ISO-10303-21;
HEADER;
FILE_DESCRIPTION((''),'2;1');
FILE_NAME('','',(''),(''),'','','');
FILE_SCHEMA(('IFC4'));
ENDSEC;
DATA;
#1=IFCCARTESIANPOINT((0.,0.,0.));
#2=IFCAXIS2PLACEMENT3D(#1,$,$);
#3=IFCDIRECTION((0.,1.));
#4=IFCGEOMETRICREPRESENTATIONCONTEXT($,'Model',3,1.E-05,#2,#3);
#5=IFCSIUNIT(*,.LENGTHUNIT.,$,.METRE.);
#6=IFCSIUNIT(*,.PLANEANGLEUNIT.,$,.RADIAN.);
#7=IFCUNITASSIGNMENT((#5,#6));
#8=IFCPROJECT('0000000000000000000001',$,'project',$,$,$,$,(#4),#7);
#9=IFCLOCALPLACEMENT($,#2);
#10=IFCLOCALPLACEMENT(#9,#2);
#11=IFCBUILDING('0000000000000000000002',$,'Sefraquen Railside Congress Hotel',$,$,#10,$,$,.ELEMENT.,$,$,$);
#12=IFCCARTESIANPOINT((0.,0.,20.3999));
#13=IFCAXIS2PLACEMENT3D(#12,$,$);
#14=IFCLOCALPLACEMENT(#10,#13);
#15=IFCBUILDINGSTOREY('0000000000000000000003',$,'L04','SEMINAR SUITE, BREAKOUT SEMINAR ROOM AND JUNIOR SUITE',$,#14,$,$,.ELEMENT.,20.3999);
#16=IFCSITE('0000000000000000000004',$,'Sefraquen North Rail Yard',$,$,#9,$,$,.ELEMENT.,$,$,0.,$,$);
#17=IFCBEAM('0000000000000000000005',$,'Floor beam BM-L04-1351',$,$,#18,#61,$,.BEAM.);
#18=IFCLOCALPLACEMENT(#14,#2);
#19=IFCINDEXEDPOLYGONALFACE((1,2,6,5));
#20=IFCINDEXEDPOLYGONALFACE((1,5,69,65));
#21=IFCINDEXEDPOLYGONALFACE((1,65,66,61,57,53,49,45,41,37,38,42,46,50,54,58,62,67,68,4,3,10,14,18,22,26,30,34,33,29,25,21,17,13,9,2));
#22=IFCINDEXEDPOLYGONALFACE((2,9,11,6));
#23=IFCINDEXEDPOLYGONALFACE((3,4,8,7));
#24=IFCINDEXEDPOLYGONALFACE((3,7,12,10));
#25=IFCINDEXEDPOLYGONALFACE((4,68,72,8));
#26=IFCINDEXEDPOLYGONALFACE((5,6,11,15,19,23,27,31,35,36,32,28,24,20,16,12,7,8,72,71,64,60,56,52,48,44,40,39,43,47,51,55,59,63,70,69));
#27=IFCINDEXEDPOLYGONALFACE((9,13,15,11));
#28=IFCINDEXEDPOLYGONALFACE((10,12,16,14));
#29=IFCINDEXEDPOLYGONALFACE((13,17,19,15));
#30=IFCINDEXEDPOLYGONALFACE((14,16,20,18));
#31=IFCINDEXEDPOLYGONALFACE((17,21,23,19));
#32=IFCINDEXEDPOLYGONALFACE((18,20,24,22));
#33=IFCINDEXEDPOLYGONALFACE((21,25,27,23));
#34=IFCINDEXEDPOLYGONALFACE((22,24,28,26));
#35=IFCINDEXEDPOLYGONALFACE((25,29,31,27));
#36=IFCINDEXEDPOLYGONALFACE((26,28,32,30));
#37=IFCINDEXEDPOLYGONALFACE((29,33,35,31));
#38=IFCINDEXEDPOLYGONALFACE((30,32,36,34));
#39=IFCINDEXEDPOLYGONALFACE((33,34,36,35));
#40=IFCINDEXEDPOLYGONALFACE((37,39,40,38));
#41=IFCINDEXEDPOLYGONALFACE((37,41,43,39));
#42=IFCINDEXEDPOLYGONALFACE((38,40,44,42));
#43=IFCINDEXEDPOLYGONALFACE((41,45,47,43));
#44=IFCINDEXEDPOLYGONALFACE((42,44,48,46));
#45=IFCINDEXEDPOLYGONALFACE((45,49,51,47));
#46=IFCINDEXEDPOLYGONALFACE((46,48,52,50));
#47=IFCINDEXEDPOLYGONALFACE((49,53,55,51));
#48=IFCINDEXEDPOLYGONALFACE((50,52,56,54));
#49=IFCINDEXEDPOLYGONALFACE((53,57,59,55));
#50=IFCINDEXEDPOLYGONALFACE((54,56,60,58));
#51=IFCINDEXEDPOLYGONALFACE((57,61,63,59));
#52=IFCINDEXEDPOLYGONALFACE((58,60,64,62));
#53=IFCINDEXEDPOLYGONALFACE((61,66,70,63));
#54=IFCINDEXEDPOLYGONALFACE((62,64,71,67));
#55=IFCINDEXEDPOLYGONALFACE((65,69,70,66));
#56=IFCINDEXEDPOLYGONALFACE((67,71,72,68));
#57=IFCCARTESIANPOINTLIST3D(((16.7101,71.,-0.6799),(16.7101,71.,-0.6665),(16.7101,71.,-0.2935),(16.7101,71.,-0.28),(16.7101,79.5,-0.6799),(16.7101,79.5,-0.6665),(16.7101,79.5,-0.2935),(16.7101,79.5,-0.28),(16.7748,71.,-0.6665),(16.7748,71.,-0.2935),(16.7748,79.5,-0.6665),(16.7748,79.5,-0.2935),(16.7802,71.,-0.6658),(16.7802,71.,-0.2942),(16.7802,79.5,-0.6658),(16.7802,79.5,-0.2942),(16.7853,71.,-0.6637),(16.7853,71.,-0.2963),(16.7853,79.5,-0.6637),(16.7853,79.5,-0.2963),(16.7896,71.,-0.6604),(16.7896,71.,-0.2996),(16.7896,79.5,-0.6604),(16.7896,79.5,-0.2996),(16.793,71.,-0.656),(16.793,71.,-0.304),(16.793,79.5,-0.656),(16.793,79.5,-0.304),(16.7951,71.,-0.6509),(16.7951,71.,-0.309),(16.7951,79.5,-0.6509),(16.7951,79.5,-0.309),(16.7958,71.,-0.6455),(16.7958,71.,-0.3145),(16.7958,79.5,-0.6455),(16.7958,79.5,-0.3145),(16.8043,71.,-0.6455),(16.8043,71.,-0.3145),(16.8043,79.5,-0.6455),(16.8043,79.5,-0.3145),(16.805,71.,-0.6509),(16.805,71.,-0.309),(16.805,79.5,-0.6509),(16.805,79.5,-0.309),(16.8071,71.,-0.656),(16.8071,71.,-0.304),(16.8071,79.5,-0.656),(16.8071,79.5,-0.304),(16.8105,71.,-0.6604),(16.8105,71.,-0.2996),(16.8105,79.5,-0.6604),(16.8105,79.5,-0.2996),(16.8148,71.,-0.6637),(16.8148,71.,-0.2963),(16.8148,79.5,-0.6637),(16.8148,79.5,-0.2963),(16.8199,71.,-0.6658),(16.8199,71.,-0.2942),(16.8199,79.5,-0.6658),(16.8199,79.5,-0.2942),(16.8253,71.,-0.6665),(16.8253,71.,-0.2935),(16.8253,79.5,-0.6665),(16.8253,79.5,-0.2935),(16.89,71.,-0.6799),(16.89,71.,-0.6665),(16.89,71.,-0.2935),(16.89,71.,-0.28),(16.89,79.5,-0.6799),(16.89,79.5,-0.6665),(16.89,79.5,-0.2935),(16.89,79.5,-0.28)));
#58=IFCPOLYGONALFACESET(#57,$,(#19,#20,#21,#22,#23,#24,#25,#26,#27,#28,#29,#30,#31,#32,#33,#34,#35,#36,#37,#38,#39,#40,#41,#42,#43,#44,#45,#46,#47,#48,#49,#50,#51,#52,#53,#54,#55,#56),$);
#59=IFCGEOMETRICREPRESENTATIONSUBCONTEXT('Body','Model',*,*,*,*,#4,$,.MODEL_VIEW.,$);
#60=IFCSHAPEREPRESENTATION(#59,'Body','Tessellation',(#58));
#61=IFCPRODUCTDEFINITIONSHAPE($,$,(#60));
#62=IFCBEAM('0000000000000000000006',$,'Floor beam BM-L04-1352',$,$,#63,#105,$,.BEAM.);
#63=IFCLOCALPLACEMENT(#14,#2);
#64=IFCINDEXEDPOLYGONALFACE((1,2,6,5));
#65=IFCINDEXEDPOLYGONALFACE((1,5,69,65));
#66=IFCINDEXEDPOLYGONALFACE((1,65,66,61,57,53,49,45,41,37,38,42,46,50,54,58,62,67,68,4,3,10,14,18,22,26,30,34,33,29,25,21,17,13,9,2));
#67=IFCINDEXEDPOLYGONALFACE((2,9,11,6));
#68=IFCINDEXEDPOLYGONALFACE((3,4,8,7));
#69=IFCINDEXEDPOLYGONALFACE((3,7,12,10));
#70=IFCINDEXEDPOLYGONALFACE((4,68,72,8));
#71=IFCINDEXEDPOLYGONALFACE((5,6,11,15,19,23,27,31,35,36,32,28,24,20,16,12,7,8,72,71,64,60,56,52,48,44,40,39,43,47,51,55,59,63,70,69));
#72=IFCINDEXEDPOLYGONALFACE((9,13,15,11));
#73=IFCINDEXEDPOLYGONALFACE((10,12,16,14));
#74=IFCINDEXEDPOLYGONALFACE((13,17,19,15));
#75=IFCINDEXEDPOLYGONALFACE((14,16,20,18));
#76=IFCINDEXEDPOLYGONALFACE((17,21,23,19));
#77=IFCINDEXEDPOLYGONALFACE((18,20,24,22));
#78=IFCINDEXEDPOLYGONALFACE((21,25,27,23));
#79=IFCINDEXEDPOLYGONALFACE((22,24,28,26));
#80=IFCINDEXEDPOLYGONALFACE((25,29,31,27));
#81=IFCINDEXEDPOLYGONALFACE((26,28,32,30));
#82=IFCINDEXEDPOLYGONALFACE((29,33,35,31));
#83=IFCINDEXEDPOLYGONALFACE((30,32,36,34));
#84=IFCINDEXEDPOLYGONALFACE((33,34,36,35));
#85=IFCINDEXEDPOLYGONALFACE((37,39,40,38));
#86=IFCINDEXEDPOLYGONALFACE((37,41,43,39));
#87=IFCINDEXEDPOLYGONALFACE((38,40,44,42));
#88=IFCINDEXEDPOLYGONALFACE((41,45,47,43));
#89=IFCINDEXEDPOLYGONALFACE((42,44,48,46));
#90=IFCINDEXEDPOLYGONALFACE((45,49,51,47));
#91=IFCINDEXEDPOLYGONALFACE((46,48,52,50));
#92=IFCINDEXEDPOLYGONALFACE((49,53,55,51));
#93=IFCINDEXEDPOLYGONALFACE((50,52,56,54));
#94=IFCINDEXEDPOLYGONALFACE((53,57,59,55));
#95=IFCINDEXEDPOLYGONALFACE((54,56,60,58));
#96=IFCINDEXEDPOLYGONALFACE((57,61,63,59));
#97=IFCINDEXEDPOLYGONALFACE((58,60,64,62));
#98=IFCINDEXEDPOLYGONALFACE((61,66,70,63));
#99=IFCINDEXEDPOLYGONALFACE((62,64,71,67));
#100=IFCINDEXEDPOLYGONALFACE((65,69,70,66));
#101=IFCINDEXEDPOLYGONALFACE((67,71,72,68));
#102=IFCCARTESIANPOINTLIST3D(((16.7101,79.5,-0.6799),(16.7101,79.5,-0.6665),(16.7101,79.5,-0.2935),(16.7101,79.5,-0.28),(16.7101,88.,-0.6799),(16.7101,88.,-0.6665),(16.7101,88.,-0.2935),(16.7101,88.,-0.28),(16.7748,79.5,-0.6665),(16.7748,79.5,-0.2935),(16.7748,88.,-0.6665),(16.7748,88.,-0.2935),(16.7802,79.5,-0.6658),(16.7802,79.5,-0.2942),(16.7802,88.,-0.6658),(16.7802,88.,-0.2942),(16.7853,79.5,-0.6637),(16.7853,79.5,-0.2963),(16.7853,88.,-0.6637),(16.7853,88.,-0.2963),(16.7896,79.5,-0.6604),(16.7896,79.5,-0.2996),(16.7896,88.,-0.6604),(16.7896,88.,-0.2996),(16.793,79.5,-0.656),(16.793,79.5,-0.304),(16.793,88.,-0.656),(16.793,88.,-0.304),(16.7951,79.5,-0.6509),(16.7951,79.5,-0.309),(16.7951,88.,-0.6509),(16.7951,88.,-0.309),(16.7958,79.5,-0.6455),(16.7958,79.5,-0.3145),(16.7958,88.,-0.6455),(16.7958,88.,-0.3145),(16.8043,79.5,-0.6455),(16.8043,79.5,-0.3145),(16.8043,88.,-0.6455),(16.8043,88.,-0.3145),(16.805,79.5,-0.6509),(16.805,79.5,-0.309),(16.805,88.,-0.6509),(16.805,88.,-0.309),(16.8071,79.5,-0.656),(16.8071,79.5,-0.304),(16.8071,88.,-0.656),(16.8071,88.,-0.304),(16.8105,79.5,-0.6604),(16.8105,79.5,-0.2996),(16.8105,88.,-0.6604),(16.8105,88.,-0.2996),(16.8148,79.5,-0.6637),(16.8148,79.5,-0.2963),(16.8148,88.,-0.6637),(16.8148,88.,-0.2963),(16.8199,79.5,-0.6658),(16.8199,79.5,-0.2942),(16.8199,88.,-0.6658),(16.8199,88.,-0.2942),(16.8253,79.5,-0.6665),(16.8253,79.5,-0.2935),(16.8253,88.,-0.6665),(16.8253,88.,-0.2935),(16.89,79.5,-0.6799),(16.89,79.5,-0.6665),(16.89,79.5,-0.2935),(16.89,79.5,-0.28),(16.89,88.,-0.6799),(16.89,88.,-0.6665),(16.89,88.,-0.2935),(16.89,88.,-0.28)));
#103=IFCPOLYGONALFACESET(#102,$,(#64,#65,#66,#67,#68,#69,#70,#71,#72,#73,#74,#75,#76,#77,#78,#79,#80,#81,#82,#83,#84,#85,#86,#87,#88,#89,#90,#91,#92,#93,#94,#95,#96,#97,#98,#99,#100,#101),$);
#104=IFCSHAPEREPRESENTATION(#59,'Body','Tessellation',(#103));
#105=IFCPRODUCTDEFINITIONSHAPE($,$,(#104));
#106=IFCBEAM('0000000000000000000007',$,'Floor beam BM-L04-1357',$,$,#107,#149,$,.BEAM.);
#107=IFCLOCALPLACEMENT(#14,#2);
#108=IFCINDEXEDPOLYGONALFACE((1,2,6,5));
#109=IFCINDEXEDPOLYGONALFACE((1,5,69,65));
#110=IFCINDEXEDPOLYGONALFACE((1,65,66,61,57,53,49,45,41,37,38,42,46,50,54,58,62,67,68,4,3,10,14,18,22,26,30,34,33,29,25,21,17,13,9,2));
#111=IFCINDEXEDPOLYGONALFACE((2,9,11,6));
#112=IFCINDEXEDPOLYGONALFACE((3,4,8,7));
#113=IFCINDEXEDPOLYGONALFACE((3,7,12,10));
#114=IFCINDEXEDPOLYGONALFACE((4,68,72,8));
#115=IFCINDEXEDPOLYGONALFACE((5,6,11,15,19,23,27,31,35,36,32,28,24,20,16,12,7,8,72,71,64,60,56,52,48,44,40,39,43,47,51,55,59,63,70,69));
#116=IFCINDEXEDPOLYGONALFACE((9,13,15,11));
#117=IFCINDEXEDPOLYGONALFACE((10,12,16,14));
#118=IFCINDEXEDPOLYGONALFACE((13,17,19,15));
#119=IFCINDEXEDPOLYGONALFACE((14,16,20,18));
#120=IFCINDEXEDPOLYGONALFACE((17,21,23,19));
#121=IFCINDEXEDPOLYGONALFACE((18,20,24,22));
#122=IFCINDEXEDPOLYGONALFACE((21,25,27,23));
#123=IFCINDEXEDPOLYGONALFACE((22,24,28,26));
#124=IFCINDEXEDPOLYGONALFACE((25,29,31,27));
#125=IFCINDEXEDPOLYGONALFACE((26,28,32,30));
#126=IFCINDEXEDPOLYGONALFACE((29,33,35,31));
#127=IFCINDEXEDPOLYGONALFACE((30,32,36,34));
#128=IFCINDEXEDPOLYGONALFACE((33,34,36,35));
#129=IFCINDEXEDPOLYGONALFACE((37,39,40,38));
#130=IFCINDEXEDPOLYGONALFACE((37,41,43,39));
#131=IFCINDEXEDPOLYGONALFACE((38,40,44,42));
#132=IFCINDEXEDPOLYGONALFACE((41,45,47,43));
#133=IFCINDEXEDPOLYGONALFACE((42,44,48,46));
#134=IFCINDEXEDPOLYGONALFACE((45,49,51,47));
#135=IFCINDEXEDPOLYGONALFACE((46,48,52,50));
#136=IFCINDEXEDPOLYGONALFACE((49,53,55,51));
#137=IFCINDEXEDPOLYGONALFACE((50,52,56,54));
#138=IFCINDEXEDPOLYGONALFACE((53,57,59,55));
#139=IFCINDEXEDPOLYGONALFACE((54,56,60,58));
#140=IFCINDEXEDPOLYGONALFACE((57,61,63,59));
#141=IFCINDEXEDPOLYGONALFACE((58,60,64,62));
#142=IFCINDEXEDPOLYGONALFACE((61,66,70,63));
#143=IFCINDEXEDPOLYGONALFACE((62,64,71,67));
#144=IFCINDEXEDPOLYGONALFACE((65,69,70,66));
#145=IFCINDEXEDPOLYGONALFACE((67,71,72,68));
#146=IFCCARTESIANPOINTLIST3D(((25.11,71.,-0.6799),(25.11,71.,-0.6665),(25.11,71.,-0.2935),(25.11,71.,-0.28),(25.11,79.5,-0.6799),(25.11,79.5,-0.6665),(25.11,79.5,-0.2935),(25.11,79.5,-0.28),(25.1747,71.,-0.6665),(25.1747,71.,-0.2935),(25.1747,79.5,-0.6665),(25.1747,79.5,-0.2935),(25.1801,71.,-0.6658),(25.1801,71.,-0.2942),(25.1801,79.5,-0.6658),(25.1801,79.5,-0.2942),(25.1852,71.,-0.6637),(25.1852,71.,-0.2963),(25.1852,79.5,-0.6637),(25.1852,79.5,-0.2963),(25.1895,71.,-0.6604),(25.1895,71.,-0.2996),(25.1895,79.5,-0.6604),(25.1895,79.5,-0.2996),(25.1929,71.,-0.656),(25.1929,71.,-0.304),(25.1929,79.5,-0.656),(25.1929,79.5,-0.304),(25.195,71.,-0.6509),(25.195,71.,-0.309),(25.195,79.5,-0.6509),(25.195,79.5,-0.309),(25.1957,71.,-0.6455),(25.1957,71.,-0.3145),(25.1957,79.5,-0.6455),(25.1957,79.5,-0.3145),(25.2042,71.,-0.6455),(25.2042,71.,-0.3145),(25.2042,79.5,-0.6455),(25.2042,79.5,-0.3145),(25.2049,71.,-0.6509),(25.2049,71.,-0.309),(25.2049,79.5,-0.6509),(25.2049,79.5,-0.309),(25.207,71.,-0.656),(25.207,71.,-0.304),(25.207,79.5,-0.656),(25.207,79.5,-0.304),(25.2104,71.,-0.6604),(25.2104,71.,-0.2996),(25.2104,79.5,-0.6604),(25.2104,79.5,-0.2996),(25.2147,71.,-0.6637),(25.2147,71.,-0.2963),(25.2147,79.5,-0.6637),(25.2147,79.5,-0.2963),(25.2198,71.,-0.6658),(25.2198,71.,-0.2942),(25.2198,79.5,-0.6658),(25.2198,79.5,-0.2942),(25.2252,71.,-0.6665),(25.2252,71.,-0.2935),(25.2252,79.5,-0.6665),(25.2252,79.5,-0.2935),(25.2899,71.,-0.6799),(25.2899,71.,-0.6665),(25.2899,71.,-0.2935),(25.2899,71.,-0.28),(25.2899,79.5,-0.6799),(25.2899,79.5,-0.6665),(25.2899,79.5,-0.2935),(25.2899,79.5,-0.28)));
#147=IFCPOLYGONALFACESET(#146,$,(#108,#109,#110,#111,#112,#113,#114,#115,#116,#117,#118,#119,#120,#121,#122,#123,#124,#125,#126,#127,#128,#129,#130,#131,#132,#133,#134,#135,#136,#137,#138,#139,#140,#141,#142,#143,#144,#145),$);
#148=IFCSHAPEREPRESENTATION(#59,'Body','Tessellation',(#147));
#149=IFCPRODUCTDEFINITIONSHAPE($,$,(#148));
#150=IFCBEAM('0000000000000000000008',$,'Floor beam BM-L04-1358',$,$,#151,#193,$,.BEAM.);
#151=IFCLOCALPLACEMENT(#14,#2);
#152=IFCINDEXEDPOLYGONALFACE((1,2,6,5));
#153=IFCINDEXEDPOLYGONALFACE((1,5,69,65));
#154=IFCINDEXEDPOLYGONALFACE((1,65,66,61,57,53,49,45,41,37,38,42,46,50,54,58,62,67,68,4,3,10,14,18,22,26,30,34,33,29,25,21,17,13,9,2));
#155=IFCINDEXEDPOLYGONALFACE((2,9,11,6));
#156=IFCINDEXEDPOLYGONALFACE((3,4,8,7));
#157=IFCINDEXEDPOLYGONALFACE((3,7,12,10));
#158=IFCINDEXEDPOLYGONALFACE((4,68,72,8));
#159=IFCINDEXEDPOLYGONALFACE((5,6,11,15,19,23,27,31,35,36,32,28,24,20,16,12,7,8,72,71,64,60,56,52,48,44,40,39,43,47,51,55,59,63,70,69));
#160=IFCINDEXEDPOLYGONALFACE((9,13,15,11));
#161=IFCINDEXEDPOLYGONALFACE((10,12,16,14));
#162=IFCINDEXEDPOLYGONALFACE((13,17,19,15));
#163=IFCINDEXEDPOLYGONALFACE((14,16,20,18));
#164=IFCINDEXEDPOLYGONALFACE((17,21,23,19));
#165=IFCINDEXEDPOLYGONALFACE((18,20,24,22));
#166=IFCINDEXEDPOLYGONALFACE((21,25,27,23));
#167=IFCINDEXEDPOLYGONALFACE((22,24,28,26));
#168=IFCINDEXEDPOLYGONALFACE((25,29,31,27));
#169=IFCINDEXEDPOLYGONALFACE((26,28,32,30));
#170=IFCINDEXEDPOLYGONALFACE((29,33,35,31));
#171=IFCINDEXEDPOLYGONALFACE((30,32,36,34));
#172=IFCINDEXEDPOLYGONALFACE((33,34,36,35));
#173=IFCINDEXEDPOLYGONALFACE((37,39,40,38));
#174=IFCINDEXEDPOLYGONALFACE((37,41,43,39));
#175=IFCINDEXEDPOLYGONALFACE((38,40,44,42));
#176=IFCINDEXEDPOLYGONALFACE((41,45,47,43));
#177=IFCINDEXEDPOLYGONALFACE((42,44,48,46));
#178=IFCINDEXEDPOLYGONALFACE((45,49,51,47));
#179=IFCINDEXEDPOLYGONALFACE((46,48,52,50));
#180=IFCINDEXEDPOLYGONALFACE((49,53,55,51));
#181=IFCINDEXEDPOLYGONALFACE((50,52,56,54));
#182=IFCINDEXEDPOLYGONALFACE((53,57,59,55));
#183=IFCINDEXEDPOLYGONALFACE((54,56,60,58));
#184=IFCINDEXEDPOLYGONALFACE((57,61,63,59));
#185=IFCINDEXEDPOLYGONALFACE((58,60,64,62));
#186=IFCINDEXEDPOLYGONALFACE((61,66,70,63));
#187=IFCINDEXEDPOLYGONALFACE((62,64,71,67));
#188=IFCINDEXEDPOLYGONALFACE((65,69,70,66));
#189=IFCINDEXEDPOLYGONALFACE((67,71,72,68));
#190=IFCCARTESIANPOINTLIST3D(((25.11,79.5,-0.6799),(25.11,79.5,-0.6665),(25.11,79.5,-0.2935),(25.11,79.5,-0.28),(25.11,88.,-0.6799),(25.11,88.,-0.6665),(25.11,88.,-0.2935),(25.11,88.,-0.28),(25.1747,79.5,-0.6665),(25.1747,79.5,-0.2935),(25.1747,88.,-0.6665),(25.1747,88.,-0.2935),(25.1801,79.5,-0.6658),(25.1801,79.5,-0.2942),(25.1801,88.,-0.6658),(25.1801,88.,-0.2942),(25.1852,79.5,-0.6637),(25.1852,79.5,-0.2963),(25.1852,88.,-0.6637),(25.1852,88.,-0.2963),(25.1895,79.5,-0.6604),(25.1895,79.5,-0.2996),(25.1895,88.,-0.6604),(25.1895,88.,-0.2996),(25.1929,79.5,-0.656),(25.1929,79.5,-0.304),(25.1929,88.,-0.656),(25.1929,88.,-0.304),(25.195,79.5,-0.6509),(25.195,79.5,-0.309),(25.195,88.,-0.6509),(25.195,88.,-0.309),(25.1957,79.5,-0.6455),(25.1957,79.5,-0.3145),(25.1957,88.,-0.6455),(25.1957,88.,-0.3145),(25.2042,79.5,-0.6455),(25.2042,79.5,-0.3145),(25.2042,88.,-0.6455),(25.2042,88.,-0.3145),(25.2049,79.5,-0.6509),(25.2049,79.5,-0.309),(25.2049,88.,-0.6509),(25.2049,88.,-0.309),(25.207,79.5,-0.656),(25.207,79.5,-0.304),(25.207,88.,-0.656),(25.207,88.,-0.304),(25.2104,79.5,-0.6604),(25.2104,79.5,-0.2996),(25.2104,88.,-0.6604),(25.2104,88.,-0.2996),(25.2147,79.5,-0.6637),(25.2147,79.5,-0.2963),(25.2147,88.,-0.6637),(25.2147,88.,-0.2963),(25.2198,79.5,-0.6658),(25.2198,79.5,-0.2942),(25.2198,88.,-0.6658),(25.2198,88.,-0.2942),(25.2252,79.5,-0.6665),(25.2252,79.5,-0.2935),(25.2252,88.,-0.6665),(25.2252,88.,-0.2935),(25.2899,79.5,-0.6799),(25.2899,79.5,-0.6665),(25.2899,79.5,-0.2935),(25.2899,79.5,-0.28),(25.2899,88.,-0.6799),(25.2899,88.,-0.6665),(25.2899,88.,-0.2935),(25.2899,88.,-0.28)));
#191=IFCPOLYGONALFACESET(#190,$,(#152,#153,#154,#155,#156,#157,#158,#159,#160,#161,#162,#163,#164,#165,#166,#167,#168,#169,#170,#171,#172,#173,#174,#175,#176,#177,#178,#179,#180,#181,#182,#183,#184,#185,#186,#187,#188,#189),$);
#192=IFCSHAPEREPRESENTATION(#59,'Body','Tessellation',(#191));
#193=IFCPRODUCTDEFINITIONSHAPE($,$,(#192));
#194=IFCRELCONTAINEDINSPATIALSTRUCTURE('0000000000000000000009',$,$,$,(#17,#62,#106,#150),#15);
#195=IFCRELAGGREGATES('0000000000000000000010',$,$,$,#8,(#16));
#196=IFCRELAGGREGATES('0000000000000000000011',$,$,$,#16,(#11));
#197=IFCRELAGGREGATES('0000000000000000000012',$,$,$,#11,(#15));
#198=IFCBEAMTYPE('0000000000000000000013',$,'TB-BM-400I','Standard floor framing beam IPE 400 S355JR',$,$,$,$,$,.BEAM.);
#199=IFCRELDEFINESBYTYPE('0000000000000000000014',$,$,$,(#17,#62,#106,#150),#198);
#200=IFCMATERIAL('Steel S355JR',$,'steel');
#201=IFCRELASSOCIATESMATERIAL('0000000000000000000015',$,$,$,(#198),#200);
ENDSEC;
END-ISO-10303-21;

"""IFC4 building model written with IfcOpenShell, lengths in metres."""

from ifc_helpers import new_model, si_unit, direction, frame, origin, origin_2d, place, context, subcontext, project, spatial, i_section, extrude, material, material_profile, profile_set, type_object, element, save


model = new_model("IFC4")

# Units and contexts
model_context = context("Model", 3, precision=1e-05, world=origin(), true_north=direction((0.0, 1.0)))
body_context = subcontext(model_context, "Body", "Model", "MODEL_VIEW")
ifc_project = project(units=[si_unit("LENGTHUNIT", "METRE"), si_unit("PLANEANGLEUNIT", "RADIAN")], contexts=[model_context])

# Site, building, storey
site_placement = place(None, origin())
site = spatial("IfcSite", under=ifc_project, at=site_placement, Name="Sefraquen North Rail Yard", CompositionType="ELEMENT", RefElevation=0.0)
building_placement = place(site_placement, origin())
building = spatial("IfcBuilding", under=site, at=building_placement, Name="Sefraquen Railside Congress Hotel", CompositionType="ELEMENT")
storey_placement = place(building_placement, frame((0.0, 0.0, 20.3999)))
storey = spatial("IfcBuildingStorey", under=building, at=storey_placement, Name="L04", Description="SEMINAR SUITE, BREAKOUT SEMINAR ROOM AND JUNIOR SUITE", CompositionType="ELEMENT", Elevation=20.3999)

# Shared definitions
ifc_material_1 = material(Name="Steel S355JR", Category="steel")

# Beams
ifc_material_profile_1 = material_profile(ifc_material_1, i_section(OverallWidth=0.1799, OverallDepth=0.3999, WebThickness=0.0085, FlangeThickness=0.0134, FilletRadius=0.021, at=origin_2d()), Name="IPE 400")
ifc_profile_set_1 = profile_set([ifc_material_profile_1], Name="Steel S355JR")
beam_type_1 = type_object("IfcBeamType", Name="TB-BM-400I", Description="Standard floor framing beam IPE 400 S355JR", PredefinedType="BEAM", material=ifc_profile_set_1)
for number, where, z_axis, x_axis, name in (
    (1, (16.8, 71.0, -0.48), (0.0, 1.0, 0.0), (-1.0, 0.0, 0.0), "Floor beam BM-L04-1351"),
    (2, (16.8, 79.5, -0.48), (0.0, 1.0, 0.0), (-1.0, 0.0, 0.0), "Floor beam BM-L04-1352"),
    (3, (25.2, 71.0, -0.48), (0.0, 1.0, 0.0), (-1.0, 0.0, 0.0), "Floor beam BM-L04-1357"),
    (4, (25.2, 79.5, -0.48), (0.0, 1.0, 0.0), (-1.0, 0.0, 0.0), "Floor beam BM-L04-1358"),
):
    element("IfcBeam", number, at=place(storey_placement, frame(where, z_axis=z_axis, x_axis=x_axis)), inside=storey, type_object=beam_type_1, Name=name, PredefinedType="BEAM", context=body_context, shape_type="SweptSolid", body=[
        extrude(i_section(OverallWidth=0.1799, OverallDepth=0.3999, WebThickness=0.0085, FlangeThickness=0.0134, FilletRadius=0.021, at=origin_2d()), origin(), (0.0, 0.0, 1.0), 8.5),
    ])

save(model, "model.ifc")
